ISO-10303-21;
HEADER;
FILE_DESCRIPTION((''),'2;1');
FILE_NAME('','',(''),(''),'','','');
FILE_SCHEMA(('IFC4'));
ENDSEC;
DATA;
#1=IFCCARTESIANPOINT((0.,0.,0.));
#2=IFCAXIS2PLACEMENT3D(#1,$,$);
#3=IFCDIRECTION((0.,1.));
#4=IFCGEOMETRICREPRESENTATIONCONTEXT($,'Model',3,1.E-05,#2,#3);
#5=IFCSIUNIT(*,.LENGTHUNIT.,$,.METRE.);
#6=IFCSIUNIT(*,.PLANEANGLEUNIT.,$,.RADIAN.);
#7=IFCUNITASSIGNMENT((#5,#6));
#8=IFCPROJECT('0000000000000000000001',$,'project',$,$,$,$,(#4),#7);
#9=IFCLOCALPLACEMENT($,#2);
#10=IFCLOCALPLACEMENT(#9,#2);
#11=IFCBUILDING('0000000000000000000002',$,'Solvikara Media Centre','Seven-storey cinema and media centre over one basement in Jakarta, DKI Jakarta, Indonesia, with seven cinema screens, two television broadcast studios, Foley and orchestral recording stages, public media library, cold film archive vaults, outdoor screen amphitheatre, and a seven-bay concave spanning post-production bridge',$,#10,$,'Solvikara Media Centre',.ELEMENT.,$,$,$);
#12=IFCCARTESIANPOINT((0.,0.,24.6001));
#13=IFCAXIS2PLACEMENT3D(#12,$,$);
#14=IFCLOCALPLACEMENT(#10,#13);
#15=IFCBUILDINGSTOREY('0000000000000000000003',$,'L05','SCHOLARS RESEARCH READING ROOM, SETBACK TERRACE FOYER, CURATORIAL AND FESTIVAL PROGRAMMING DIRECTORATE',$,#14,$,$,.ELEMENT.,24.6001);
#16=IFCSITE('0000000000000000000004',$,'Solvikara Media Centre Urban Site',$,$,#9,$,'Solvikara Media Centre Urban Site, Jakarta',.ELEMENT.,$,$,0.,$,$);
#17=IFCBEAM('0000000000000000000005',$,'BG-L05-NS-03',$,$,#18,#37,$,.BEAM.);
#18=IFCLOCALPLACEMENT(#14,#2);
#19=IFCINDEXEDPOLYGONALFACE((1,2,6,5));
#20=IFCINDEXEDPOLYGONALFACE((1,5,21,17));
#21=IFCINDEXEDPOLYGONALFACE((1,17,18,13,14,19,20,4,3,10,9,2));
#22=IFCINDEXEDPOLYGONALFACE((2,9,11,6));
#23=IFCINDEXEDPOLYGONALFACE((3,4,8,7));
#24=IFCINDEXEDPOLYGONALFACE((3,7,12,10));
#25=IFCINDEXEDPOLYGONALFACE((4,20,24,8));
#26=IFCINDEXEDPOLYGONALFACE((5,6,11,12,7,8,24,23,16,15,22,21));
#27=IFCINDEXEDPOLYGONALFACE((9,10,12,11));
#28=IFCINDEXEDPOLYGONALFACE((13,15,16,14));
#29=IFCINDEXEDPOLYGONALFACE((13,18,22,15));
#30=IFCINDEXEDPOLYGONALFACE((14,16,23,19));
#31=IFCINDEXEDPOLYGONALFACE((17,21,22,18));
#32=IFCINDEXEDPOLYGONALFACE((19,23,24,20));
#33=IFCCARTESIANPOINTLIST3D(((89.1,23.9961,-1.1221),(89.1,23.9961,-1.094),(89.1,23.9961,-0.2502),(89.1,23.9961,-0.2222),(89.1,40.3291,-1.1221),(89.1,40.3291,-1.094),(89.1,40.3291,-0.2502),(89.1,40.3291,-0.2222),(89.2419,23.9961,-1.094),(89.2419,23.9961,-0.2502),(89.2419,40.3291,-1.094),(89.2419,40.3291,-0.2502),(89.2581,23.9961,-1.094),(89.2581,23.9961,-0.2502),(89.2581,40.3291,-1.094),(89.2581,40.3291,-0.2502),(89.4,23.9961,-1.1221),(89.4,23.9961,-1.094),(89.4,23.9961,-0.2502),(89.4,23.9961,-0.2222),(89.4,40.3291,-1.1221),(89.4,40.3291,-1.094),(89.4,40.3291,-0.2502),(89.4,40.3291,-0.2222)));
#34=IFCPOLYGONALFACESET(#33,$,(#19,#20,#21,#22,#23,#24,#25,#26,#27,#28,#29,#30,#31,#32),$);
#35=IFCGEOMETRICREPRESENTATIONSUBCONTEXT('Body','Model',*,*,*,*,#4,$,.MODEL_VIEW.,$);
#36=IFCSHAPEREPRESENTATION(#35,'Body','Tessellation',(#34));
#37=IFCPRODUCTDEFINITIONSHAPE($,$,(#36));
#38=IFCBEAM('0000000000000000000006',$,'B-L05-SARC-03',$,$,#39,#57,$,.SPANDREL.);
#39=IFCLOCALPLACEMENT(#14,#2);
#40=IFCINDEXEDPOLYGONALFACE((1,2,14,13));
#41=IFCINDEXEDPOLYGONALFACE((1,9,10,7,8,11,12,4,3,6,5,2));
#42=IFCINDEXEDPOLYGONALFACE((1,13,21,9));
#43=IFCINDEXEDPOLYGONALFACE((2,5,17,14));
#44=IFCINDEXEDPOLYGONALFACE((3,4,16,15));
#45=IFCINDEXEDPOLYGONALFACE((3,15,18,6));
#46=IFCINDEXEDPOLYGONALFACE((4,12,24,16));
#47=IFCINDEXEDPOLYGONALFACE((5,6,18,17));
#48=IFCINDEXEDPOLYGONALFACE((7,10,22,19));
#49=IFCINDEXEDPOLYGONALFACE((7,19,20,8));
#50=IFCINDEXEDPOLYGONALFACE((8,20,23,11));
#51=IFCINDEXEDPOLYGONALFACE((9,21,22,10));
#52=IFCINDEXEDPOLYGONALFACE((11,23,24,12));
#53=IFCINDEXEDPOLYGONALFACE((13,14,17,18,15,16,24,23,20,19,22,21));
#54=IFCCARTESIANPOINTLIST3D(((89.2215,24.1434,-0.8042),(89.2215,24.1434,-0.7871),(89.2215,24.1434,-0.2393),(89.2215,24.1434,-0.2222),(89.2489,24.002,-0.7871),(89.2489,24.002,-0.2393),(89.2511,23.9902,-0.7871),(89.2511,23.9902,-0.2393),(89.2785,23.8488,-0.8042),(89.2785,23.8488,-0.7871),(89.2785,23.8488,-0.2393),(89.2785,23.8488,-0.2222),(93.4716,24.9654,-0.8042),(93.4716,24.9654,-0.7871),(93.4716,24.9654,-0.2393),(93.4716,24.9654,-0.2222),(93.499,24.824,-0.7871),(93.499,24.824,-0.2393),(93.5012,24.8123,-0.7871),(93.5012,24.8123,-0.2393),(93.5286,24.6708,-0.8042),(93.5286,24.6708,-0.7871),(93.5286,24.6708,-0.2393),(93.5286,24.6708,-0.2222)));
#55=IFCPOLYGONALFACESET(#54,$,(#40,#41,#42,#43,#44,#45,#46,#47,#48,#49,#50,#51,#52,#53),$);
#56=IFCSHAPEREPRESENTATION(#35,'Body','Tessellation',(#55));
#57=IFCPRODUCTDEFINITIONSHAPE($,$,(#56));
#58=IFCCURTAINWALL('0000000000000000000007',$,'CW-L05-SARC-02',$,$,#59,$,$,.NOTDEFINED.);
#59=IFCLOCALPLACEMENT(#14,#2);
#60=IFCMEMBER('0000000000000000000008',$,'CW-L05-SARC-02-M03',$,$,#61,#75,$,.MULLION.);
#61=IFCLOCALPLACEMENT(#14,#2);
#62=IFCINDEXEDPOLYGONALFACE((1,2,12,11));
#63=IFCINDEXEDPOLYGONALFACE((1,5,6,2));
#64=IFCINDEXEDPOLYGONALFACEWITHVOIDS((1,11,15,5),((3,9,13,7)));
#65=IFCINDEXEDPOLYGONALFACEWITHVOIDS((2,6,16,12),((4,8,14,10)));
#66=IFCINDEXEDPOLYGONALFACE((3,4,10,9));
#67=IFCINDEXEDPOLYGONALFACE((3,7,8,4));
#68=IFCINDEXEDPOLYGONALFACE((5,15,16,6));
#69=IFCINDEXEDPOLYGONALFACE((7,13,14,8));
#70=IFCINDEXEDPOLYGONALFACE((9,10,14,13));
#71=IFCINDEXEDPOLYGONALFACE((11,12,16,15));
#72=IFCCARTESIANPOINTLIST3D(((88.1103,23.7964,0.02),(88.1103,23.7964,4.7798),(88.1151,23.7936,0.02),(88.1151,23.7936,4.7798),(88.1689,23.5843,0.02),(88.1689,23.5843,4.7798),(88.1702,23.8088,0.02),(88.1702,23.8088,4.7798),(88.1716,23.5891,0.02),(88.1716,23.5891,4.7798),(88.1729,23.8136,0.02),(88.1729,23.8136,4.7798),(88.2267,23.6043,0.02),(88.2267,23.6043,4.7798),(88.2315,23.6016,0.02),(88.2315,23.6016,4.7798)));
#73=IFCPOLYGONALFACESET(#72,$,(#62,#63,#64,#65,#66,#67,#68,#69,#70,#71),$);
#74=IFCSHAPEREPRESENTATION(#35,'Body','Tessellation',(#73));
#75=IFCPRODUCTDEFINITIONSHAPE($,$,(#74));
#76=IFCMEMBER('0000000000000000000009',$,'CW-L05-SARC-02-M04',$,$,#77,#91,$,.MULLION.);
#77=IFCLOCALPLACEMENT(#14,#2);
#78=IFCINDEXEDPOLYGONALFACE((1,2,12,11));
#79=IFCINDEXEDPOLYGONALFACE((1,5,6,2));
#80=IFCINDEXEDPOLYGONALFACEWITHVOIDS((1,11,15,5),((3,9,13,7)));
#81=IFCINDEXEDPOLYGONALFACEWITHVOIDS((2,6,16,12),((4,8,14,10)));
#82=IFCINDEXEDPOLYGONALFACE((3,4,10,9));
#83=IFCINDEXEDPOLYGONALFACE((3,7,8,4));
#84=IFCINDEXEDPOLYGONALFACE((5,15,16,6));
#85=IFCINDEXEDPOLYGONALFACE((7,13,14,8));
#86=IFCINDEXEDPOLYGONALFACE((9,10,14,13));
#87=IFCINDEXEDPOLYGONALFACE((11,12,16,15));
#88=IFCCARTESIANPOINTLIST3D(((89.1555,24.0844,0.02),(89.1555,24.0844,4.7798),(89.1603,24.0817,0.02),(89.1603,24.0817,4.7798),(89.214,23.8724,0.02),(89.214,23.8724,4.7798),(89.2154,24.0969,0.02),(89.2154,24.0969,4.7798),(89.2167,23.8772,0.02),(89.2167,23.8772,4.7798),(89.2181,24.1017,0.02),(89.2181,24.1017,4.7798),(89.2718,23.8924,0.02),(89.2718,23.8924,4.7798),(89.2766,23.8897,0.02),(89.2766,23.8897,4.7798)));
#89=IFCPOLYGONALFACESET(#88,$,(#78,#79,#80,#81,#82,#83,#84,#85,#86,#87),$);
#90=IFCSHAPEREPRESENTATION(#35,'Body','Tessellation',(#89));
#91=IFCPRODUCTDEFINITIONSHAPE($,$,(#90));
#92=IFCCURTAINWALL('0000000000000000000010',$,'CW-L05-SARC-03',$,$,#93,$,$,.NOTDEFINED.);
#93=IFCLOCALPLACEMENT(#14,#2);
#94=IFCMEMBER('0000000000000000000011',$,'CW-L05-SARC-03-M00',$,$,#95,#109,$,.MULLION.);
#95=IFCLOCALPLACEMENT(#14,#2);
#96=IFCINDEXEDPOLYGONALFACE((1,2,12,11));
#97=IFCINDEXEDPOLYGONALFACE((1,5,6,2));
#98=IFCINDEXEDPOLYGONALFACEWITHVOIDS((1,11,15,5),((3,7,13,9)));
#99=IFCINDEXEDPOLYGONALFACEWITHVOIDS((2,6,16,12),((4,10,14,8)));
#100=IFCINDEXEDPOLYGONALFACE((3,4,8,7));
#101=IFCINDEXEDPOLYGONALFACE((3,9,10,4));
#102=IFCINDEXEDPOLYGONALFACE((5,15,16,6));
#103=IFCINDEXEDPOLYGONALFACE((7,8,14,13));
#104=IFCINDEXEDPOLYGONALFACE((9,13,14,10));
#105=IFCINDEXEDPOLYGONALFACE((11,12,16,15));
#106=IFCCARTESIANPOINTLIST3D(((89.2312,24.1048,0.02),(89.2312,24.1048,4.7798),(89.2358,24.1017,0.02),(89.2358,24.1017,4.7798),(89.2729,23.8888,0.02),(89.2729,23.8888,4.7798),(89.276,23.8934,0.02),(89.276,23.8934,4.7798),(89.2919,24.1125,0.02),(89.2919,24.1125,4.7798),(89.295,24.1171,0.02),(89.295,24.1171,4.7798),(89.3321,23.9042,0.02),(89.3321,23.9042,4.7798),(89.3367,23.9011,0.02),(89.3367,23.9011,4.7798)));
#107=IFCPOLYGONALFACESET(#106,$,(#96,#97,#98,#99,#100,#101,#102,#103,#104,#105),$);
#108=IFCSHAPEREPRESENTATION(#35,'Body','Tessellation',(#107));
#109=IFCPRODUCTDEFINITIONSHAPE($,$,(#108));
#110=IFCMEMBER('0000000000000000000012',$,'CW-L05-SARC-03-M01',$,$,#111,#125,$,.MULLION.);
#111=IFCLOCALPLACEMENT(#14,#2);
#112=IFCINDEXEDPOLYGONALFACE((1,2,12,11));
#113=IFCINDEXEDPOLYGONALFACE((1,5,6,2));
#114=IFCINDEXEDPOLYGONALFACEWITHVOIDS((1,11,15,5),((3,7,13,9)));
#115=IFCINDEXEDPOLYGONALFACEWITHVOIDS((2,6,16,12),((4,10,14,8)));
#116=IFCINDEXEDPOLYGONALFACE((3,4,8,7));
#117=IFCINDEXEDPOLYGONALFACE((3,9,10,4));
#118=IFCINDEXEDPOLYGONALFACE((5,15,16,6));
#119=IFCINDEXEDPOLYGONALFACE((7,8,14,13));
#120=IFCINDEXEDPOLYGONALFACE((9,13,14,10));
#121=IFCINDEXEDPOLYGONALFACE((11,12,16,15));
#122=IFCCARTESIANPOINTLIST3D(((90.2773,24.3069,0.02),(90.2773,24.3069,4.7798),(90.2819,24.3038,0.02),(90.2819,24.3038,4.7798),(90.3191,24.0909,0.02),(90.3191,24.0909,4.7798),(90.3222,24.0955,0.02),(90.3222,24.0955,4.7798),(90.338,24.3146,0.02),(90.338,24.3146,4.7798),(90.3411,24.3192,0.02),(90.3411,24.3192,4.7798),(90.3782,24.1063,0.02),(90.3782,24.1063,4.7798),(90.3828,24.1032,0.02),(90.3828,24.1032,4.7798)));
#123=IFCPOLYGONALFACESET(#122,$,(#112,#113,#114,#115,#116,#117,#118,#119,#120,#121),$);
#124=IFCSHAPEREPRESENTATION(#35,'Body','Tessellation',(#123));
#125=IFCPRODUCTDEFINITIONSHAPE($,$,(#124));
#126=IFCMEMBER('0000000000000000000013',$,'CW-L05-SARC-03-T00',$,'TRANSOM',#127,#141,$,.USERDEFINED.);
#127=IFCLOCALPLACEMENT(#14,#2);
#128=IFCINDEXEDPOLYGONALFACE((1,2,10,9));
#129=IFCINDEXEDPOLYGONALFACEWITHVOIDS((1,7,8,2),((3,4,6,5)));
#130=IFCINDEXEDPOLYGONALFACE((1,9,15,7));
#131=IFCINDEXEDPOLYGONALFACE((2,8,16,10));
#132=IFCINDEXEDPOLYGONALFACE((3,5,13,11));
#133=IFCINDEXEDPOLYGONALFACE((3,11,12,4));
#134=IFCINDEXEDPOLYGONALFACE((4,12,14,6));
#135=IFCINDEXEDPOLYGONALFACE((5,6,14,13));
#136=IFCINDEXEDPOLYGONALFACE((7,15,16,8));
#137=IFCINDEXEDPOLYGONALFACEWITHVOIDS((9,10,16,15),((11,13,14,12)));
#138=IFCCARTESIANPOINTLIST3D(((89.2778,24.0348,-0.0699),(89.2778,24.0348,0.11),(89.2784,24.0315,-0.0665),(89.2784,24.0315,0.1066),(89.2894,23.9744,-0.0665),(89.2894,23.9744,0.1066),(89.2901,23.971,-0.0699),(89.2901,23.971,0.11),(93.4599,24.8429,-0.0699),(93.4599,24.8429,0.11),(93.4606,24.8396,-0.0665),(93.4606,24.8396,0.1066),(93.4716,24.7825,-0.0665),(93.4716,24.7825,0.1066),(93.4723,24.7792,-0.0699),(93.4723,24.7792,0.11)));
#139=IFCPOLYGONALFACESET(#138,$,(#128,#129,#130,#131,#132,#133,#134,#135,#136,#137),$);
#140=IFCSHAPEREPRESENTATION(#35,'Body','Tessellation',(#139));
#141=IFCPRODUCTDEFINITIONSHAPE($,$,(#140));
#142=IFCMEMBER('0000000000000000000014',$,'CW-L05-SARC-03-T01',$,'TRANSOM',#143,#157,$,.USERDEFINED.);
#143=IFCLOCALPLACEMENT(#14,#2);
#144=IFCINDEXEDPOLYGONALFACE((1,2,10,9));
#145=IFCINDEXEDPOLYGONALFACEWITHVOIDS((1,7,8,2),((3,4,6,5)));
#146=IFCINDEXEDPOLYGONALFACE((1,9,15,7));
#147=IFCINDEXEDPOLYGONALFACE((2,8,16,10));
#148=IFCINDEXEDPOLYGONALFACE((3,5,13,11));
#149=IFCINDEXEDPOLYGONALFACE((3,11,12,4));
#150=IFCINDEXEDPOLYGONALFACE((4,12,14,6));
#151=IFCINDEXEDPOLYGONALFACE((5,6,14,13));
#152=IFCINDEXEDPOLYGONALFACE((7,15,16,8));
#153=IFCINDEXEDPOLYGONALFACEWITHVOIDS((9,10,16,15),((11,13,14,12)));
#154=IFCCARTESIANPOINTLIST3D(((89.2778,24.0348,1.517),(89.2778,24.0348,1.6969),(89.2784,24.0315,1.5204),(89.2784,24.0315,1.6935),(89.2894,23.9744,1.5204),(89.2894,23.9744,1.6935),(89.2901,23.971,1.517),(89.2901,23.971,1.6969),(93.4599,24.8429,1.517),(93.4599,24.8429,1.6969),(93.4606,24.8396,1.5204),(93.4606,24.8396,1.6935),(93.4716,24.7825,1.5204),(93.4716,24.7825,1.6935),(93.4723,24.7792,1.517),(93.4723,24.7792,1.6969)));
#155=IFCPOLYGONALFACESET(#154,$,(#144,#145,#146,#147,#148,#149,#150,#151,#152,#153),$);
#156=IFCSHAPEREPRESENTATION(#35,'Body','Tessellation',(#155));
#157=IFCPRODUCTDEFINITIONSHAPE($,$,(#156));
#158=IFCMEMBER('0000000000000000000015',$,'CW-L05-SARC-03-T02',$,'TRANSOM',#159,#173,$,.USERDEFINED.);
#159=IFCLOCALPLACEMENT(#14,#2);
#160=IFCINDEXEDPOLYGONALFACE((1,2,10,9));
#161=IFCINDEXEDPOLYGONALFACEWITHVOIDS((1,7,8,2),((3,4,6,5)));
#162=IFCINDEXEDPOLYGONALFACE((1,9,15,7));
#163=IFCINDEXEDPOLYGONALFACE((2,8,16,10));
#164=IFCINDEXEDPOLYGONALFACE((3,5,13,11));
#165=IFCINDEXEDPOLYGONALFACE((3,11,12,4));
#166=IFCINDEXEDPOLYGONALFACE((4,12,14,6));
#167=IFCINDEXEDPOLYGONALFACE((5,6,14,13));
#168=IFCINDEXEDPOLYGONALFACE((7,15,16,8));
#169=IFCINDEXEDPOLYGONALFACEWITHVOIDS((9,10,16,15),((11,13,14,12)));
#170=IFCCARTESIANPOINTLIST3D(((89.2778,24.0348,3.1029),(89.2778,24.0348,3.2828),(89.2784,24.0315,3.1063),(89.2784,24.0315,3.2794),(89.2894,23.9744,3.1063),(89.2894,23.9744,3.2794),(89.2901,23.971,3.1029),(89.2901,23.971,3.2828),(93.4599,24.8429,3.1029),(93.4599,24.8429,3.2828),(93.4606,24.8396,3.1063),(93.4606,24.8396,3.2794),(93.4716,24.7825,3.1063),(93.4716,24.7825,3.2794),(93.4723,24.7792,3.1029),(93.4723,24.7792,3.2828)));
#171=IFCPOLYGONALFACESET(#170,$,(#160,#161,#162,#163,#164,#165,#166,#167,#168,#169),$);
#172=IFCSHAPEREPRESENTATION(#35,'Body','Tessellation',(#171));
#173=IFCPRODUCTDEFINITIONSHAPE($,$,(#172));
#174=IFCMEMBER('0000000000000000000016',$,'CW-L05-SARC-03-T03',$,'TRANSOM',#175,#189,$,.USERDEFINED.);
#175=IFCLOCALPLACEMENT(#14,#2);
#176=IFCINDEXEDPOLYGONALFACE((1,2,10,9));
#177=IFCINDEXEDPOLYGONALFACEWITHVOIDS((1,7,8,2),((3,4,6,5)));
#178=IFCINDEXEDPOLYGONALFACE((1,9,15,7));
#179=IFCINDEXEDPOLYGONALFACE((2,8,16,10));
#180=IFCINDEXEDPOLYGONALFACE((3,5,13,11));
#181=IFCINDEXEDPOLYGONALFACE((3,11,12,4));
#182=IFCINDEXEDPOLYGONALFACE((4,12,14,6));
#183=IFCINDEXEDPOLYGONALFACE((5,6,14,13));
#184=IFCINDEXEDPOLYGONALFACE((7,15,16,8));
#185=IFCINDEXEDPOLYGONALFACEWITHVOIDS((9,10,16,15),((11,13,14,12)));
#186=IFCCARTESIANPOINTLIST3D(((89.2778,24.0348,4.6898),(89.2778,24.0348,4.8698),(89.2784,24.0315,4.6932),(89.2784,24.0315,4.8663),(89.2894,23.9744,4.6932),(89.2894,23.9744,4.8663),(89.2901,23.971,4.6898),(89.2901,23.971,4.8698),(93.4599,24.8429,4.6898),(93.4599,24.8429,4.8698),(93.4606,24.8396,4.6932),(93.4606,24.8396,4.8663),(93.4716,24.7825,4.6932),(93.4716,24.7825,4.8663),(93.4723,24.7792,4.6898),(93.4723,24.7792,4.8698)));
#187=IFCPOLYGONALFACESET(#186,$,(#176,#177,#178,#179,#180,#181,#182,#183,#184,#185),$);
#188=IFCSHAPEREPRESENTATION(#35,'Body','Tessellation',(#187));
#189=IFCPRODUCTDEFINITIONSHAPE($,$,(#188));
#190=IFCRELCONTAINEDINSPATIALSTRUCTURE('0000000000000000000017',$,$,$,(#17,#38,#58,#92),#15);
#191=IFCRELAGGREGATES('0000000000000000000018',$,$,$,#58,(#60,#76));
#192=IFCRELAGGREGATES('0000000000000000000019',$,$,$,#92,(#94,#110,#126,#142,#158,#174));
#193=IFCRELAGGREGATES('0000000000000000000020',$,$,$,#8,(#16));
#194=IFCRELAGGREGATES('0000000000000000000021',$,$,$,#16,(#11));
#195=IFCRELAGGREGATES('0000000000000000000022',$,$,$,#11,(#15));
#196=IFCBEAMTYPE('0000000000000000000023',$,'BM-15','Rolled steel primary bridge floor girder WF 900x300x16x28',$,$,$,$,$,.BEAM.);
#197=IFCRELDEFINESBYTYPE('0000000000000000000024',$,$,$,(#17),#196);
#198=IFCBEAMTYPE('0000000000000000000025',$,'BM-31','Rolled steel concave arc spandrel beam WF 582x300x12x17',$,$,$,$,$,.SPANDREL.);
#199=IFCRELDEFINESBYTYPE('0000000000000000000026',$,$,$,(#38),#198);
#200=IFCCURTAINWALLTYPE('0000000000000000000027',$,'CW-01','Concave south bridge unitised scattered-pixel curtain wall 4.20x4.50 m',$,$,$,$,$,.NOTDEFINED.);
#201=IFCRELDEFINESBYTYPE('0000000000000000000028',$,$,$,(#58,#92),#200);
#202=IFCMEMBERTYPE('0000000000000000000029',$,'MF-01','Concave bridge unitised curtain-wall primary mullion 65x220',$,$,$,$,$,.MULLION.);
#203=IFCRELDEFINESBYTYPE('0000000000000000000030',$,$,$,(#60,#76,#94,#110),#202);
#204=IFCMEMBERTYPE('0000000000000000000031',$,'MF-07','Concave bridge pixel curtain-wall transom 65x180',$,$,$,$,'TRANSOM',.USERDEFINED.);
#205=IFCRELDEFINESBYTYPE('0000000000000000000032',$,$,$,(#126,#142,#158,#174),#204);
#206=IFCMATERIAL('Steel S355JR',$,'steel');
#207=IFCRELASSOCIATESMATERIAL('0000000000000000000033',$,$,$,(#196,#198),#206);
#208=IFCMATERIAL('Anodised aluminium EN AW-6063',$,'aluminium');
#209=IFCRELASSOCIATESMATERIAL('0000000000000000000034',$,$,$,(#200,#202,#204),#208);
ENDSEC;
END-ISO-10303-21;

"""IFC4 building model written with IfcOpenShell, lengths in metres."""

from ifc_helpers import new_model, si_unit, direction, frame, origin, origin_2d, place, context, subcontext, project, spatial, hollow_rectangle, i_section, extrude, material, material_profile, profile_set, type_object, element, aggregate, save


model = new_model("IFC4")

# Units and contexts
model_context = context("Model", 3, precision=1e-05, world=origin(), true_north=direction((0.0, 1.0)))
body_context = subcontext(model_context, "Body", "Model", "MODEL_VIEW")
ifc_project = project(units=[si_unit("LENGTHUNIT", "METRE"), si_unit("PLANEANGLEUNIT", "RADIAN")], contexts=[model_context])

# Site, building, storey
site_placement = place(None, origin())
site = spatial("IfcSite", under=ifc_project, at=site_placement, Name="Solvikara Media Centre Urban Site", LongName="Solvikara Media Centre Urban Site, Jakarta", CompositionType="ELEMENT", RefElevation=0.0)
building_placement = place(site_placement, origin())
building = spatial("IfcBuilding", under=site, at=building_placement, Name="Solvikara Media Centre", Description="Seven-storey cinema and media centre over one basement in Jakarta, DKI Jakarta, Indonesia, with seven cinema screens, two television broadcast studios, Foley and orchestral recording stages, public media library, cold film archive vaults, outdoor screen amphitheatre, and a seven-bay concave spanning post-production bridge", LongName="Solvikara Media Centre", CompositionType="ELEMENT")
storey_placement = place(building_placement, frame((0.0, 0.0, 24.6001)))
storey = spatial("IfcBuildingStorey", under=building, at=storey_placement, Name="L05", Description="SCHOLARS RESEARCH READING ROOM, SETBACK TERRACE FOYER, CURATORIAL AND FESTIVAL PROGRAMMING DIRECTORATE", CompositionType="ELEMENT", Elevation=24.6001)

# Beams
ifc_material_1 = material(Name="Steel S355JR", Category="steel")
ifc_material_profile_1 = material_profile(ifc_material_1, i_section(OverallWidth=0.3, OverallDepth=0.8999, WebThickness=0.0161, FlangeThickness=0.0281, at=origin_2d()), Name="WF 900x300x16x28")
ifc_profile_set_1 = profile_set([ifc_material_profile_1], Name="Steel S355JR")
beam_type_1 = type_object("IfcBeamType", Name="BM-15", Description="Rolled steel primary bridge floor girder WF 900x300x16x28", PredefinedType="BEAM", material=ifc_profile_set_1)
beam_1_placement = place(storey_placement, frame((89.25, 23.9961, -0.6721), z_axis=(0.0, 1.0, 0.0), x_axis=(-1.0, 0.0, 0.0)))
element("IfcBeam", 1, at=beam_1_placement, inside=storey, type_object=beam_type_1, Name="BG-L05-NS-03", PredefinedType="BEAM", context=body_context, shape_type="SweptSolid", body=[
    extrude(i_section(OverallWidth=0.3, OverallDepth=0.8999, WebThickness=0.0161, FlangeThickness=0.0281, at=origin_2d()), origin(), (0.0, 0.0, 1.0), 16.333),
])
ifc_material_profile_2 = material_profile(ifc_material_1, i_section(OverallWidth=0.3, OverallDepth=0.582, WebThickness=0.012, FlangeThickness=0.0171, at=origin_2d()), Name="WF 582x300x12x17")
ifc_profile_set_2 = profile_set([ifc_material_profile_2], Name="Steel S355JR")
beam_type_2 = type_object("IfcBeamType", Name="BM-31", Description="Rolled steel concave arc spandrel beam WF 582x300x12x17", PredefinedType="SPANDREL", material=ifc_profile_set_2)
beam_2_placement = place(storey_placement, frame((89.25, 23.9961, -0.5132), z_axis=(0.981804, 0.189897, 0.0), x_axis=(-0.189897, 0.981804, 0.0)))
element("IfcBeam", 2, at=beam_2_placement, inside=storey, type_object=beam_type_2, Name="B-L05-SARC-03", PredefinedType="SPANDREL", context=body_context, shape_type="SweptSolid", body=[
    extrude(i_section(OverallWidth=0.3, OverallDepth=0.582, WebThickness=0.012, FlangeThickness=0.0171, at=origin_2d()), origin(), (0.0, 0.0, 1.0), 4.3289),
])

# Curtain walls, members
ifc_material_2 = material(Name="Anodised aluminium EN AW-6063", Category="aluminium")
curtain_wall_type = type_object("IfcCurtainWallType", Name="CW-01", Description="Concave south bridge unitised scattered-pixel curtain wall 4.20x4.50 m", PredefinedType="NOTDEFINED", material=ifc_material_2)
curtain_wall_1_placement = place(storey_placement, origin())
curtain_wall_1 = element("IfcCurtainWall", 3, at=curtain_wall_1_placement, inside=storey, type_object=curtain_wall_type, Name="CW-L05-SARC-02", PredefinedType="NOTDEFINED")
ifc_material_profile_3 = material_profile(ifc_material_2, hollow_rectangle(XDim=0.0649, YDim=0.22, WallThickness=0.0039, at=origin_2d()), Name="ALU-M 65x220x4")
ifc_profile_set_3 = profile_set([ifc_material_profile_3], Name="Anodised aluminium EN AW-6063")
member_type_1 = type_object("IfcMemberType", Name="MF-01", Description="Concave bridge unitised curtain-wall primary mullion 65x220", PredefinedType="MULLION", material=ifc_profile_set_3)
member_1_placement = place(storey_placement, frame((88.1709, 23.699, 0.02), z_axis=(0.0, 0.0, 1.0), x_axis=(0.96397, 0.26601, 0.0)))
member_1 = element("IfcMember", 4, at=member_1_placement, type_object=member_type_1, Name="CW-L05-SARC-02-M03", PredefinedType="MULLION", context=body_context, shape_type="SweptSolid", body=[
    extrude(hollow_rectangle(XDim=0.0649, YDim=0.22, WallThickness=0.0039, at=origin_2d()), origin(), (0.0, 0.0, 1.0), 4.7598),
])
member_2_placement = place(storey_placement, frame((89.2161, 23.9871, 0.02), z_axis=(0.0, 0.0, 1.0), x_axis=(0.96397, 0.26601, 0.0)))
member_2 = element("IfcMember", 5, at=member_2_placement, type_object=member_type_1, Name="CW-L05-SARC-02-M04", PredefinedType="MULLION", context=body_context, shape_type="SweptSolid", body=[
    extrude(hollow_rectangle(XDim=0.0649, YDim=0.22, WallThickness=0.0039, at=origin_2d()), origin(), (0.0, 0.0, 1.0), 4.7598),
])
curtain_wall_2_placement = place(storey_placement, origin())
curtain_wall_2 = element("IfcCurtainWall", 6, at=curtain_wall_2_placement, inside=storey, type_object=curtain_wall_type, Name="CW-L05-SARC-03", PredefinedType="NOTDEFINED")
member_3_placement = place(storey_placement, frame((89.2839, 24.0029, 0.02), z_axis=(0.0, 0.0, 1.0), x_axis=(0.981843, 0.189695, 0.0)))
member_3 = element("IfcMember", 7, at=member_3_placement, type_object=member_type_1, Name="CW-L05-SARC-03-M00", PredefinedType="MULLION", context=body_context, shape_type="SweptSolid", body=[
    extrude(hollow_rectangle(XDim=0.0649, YDim=0.22, WallThickness=0.0039, at=origin_2d()), origin(), (0.0, 0.0, 1.0), 4.7598),
])
member_4_placement = place(storey_placement, frame((90.3301, 24.2051, 0.02), z_axis=(0.0, 0.0, 1.0), x_axis=(0.981843, 0.189695, 0.0)))
member_4 = element("IfcMember", 8, at=member_4_placement, type_object=member_type_1, Name="CW-L05-SARC-03-M01", PredefinedType="MULLION", context=body_context, shape_type="SweptSolid", body=[
    extrude(hollow_rectangle(XDim=0.0649, YDim=0.22, WallThickness=0.0039, at=origin_2d()), origin(), (0.0, 0.0, 1.0), 4.7598),
])
ifc_material_profile_4 = material_profile(ifc_material_2, hollow_rectangle(XDim=0.0649, YDim=0.1799, WallThickness=0.0034, at=origin_2d()), Name="ALU-T 65x180x3.5")
ifc_profile_set_4 = profile_set([ifc_material_profile_4], Name="Anodised aluminium EN AW-6063")
member_type_2 = type_object("IfcMemberType", Name="MF-07", Description="Concave bridge pixel curtain-wall transom 65x180", ElementType="TRANSOM", PredefinedType="USERDEFINED", material=ifc_profile_set_4)
member_5_placement = place(storey_placement, frame((89.2839, 24.0029, 0.02), z_axis=(0.981838, 0.189719, 0.0), x_axis=(-0.189719, 0.981838, 0.0)))
member_5 = element("IfcMember", 9, at=member_5_placement, type_object=member_type_2, Name="CW-L05-SARC-03-T00", ObjectType="TRANSOM", PredefinedType="USERDEFINED", context=body_context, shape_type="SweptSolid", body=[
    extrude(hollow_rectangle(XDim=0.0649, YDim=0.1799, WallThickness=0.0034, at=origin_2d()), origin(), (0.0, 0.0, 1.0), 4.2595),
])
member_6_placement = place(storey_placement, frame((89.2839, 24.0029, 1.6069), z_axis=(0.981838, 0.189719, 0.0), x_axis=(-0.189719, 0.981838, 0.0)))
member_6 = element("IfcMember", 10, at=member_6_placement, type_object=member_type_2, Name="CW-L05-SARC-03-T01", ObjectType="TRANSOM", PredefinedType="USERDEFINED", context=body_context, shape_type="SweptSolid", body=[
    extrude(hollow_rectangle(XDim=0.0649, YDim=0.1799, WallThickness=0.0034, at=origin_2d()), origin(), (0.0, 0.0, 1.0), 4.2595),
])
member_7_placement = place(storey_placement, frame((89.2839, 24.0029, 3.1929), z_axis=(0.981838, 0.189719, 0.0), x_axis=(-0.189719, 0.981838, 0.0)))
member_7 = element("IfcMember", 11, at=member_7_placement, type_object=member_type_2, Name="CW-L05-SARC-03-T02", ObjectType="TRANSOM", PredefinedType="USERDEFINED", context=body_context, shape_type="SweptSolid", body=[
    extrude(hollow_rectangle(XDim=0.0649, YDim=0.1799, WallThickness=0.0034, at=origin_2d()), origin(), (0.0, 0.0, 1.0), 4.2595),
])
member_8_placement = place(storey_placement, frame((89.2839, 24.0029, 4.7798), z_axis=(0.981838, 0.189719, 0.0), x_axis=(-0.189719, 0.981838, 0.0)))
member_8 = element("IfcMember", 12, at=member_8_placement, type_object=member_type_2, Name="CW-L05-SARC-03-T03", ObjectType="TRANSOM", PredefinedType="USERDEFINED", context=body_context, shape_type="SweptSolid", body=[
    extrude(hollow_rectangle(XDim=0.0649, YDim=0.1799, WallThickness=0.0034, at=origin_2d()), origin(), (0.0, 0.0, 1.0), 4.2595),
])

aggregate(curtain_wall_1, [member_1, member_2])
aggregate(curtain_wall_2, [member_3, member_4, member_5, member_6, member_7, member_8])

save(model, "model.ifc")
